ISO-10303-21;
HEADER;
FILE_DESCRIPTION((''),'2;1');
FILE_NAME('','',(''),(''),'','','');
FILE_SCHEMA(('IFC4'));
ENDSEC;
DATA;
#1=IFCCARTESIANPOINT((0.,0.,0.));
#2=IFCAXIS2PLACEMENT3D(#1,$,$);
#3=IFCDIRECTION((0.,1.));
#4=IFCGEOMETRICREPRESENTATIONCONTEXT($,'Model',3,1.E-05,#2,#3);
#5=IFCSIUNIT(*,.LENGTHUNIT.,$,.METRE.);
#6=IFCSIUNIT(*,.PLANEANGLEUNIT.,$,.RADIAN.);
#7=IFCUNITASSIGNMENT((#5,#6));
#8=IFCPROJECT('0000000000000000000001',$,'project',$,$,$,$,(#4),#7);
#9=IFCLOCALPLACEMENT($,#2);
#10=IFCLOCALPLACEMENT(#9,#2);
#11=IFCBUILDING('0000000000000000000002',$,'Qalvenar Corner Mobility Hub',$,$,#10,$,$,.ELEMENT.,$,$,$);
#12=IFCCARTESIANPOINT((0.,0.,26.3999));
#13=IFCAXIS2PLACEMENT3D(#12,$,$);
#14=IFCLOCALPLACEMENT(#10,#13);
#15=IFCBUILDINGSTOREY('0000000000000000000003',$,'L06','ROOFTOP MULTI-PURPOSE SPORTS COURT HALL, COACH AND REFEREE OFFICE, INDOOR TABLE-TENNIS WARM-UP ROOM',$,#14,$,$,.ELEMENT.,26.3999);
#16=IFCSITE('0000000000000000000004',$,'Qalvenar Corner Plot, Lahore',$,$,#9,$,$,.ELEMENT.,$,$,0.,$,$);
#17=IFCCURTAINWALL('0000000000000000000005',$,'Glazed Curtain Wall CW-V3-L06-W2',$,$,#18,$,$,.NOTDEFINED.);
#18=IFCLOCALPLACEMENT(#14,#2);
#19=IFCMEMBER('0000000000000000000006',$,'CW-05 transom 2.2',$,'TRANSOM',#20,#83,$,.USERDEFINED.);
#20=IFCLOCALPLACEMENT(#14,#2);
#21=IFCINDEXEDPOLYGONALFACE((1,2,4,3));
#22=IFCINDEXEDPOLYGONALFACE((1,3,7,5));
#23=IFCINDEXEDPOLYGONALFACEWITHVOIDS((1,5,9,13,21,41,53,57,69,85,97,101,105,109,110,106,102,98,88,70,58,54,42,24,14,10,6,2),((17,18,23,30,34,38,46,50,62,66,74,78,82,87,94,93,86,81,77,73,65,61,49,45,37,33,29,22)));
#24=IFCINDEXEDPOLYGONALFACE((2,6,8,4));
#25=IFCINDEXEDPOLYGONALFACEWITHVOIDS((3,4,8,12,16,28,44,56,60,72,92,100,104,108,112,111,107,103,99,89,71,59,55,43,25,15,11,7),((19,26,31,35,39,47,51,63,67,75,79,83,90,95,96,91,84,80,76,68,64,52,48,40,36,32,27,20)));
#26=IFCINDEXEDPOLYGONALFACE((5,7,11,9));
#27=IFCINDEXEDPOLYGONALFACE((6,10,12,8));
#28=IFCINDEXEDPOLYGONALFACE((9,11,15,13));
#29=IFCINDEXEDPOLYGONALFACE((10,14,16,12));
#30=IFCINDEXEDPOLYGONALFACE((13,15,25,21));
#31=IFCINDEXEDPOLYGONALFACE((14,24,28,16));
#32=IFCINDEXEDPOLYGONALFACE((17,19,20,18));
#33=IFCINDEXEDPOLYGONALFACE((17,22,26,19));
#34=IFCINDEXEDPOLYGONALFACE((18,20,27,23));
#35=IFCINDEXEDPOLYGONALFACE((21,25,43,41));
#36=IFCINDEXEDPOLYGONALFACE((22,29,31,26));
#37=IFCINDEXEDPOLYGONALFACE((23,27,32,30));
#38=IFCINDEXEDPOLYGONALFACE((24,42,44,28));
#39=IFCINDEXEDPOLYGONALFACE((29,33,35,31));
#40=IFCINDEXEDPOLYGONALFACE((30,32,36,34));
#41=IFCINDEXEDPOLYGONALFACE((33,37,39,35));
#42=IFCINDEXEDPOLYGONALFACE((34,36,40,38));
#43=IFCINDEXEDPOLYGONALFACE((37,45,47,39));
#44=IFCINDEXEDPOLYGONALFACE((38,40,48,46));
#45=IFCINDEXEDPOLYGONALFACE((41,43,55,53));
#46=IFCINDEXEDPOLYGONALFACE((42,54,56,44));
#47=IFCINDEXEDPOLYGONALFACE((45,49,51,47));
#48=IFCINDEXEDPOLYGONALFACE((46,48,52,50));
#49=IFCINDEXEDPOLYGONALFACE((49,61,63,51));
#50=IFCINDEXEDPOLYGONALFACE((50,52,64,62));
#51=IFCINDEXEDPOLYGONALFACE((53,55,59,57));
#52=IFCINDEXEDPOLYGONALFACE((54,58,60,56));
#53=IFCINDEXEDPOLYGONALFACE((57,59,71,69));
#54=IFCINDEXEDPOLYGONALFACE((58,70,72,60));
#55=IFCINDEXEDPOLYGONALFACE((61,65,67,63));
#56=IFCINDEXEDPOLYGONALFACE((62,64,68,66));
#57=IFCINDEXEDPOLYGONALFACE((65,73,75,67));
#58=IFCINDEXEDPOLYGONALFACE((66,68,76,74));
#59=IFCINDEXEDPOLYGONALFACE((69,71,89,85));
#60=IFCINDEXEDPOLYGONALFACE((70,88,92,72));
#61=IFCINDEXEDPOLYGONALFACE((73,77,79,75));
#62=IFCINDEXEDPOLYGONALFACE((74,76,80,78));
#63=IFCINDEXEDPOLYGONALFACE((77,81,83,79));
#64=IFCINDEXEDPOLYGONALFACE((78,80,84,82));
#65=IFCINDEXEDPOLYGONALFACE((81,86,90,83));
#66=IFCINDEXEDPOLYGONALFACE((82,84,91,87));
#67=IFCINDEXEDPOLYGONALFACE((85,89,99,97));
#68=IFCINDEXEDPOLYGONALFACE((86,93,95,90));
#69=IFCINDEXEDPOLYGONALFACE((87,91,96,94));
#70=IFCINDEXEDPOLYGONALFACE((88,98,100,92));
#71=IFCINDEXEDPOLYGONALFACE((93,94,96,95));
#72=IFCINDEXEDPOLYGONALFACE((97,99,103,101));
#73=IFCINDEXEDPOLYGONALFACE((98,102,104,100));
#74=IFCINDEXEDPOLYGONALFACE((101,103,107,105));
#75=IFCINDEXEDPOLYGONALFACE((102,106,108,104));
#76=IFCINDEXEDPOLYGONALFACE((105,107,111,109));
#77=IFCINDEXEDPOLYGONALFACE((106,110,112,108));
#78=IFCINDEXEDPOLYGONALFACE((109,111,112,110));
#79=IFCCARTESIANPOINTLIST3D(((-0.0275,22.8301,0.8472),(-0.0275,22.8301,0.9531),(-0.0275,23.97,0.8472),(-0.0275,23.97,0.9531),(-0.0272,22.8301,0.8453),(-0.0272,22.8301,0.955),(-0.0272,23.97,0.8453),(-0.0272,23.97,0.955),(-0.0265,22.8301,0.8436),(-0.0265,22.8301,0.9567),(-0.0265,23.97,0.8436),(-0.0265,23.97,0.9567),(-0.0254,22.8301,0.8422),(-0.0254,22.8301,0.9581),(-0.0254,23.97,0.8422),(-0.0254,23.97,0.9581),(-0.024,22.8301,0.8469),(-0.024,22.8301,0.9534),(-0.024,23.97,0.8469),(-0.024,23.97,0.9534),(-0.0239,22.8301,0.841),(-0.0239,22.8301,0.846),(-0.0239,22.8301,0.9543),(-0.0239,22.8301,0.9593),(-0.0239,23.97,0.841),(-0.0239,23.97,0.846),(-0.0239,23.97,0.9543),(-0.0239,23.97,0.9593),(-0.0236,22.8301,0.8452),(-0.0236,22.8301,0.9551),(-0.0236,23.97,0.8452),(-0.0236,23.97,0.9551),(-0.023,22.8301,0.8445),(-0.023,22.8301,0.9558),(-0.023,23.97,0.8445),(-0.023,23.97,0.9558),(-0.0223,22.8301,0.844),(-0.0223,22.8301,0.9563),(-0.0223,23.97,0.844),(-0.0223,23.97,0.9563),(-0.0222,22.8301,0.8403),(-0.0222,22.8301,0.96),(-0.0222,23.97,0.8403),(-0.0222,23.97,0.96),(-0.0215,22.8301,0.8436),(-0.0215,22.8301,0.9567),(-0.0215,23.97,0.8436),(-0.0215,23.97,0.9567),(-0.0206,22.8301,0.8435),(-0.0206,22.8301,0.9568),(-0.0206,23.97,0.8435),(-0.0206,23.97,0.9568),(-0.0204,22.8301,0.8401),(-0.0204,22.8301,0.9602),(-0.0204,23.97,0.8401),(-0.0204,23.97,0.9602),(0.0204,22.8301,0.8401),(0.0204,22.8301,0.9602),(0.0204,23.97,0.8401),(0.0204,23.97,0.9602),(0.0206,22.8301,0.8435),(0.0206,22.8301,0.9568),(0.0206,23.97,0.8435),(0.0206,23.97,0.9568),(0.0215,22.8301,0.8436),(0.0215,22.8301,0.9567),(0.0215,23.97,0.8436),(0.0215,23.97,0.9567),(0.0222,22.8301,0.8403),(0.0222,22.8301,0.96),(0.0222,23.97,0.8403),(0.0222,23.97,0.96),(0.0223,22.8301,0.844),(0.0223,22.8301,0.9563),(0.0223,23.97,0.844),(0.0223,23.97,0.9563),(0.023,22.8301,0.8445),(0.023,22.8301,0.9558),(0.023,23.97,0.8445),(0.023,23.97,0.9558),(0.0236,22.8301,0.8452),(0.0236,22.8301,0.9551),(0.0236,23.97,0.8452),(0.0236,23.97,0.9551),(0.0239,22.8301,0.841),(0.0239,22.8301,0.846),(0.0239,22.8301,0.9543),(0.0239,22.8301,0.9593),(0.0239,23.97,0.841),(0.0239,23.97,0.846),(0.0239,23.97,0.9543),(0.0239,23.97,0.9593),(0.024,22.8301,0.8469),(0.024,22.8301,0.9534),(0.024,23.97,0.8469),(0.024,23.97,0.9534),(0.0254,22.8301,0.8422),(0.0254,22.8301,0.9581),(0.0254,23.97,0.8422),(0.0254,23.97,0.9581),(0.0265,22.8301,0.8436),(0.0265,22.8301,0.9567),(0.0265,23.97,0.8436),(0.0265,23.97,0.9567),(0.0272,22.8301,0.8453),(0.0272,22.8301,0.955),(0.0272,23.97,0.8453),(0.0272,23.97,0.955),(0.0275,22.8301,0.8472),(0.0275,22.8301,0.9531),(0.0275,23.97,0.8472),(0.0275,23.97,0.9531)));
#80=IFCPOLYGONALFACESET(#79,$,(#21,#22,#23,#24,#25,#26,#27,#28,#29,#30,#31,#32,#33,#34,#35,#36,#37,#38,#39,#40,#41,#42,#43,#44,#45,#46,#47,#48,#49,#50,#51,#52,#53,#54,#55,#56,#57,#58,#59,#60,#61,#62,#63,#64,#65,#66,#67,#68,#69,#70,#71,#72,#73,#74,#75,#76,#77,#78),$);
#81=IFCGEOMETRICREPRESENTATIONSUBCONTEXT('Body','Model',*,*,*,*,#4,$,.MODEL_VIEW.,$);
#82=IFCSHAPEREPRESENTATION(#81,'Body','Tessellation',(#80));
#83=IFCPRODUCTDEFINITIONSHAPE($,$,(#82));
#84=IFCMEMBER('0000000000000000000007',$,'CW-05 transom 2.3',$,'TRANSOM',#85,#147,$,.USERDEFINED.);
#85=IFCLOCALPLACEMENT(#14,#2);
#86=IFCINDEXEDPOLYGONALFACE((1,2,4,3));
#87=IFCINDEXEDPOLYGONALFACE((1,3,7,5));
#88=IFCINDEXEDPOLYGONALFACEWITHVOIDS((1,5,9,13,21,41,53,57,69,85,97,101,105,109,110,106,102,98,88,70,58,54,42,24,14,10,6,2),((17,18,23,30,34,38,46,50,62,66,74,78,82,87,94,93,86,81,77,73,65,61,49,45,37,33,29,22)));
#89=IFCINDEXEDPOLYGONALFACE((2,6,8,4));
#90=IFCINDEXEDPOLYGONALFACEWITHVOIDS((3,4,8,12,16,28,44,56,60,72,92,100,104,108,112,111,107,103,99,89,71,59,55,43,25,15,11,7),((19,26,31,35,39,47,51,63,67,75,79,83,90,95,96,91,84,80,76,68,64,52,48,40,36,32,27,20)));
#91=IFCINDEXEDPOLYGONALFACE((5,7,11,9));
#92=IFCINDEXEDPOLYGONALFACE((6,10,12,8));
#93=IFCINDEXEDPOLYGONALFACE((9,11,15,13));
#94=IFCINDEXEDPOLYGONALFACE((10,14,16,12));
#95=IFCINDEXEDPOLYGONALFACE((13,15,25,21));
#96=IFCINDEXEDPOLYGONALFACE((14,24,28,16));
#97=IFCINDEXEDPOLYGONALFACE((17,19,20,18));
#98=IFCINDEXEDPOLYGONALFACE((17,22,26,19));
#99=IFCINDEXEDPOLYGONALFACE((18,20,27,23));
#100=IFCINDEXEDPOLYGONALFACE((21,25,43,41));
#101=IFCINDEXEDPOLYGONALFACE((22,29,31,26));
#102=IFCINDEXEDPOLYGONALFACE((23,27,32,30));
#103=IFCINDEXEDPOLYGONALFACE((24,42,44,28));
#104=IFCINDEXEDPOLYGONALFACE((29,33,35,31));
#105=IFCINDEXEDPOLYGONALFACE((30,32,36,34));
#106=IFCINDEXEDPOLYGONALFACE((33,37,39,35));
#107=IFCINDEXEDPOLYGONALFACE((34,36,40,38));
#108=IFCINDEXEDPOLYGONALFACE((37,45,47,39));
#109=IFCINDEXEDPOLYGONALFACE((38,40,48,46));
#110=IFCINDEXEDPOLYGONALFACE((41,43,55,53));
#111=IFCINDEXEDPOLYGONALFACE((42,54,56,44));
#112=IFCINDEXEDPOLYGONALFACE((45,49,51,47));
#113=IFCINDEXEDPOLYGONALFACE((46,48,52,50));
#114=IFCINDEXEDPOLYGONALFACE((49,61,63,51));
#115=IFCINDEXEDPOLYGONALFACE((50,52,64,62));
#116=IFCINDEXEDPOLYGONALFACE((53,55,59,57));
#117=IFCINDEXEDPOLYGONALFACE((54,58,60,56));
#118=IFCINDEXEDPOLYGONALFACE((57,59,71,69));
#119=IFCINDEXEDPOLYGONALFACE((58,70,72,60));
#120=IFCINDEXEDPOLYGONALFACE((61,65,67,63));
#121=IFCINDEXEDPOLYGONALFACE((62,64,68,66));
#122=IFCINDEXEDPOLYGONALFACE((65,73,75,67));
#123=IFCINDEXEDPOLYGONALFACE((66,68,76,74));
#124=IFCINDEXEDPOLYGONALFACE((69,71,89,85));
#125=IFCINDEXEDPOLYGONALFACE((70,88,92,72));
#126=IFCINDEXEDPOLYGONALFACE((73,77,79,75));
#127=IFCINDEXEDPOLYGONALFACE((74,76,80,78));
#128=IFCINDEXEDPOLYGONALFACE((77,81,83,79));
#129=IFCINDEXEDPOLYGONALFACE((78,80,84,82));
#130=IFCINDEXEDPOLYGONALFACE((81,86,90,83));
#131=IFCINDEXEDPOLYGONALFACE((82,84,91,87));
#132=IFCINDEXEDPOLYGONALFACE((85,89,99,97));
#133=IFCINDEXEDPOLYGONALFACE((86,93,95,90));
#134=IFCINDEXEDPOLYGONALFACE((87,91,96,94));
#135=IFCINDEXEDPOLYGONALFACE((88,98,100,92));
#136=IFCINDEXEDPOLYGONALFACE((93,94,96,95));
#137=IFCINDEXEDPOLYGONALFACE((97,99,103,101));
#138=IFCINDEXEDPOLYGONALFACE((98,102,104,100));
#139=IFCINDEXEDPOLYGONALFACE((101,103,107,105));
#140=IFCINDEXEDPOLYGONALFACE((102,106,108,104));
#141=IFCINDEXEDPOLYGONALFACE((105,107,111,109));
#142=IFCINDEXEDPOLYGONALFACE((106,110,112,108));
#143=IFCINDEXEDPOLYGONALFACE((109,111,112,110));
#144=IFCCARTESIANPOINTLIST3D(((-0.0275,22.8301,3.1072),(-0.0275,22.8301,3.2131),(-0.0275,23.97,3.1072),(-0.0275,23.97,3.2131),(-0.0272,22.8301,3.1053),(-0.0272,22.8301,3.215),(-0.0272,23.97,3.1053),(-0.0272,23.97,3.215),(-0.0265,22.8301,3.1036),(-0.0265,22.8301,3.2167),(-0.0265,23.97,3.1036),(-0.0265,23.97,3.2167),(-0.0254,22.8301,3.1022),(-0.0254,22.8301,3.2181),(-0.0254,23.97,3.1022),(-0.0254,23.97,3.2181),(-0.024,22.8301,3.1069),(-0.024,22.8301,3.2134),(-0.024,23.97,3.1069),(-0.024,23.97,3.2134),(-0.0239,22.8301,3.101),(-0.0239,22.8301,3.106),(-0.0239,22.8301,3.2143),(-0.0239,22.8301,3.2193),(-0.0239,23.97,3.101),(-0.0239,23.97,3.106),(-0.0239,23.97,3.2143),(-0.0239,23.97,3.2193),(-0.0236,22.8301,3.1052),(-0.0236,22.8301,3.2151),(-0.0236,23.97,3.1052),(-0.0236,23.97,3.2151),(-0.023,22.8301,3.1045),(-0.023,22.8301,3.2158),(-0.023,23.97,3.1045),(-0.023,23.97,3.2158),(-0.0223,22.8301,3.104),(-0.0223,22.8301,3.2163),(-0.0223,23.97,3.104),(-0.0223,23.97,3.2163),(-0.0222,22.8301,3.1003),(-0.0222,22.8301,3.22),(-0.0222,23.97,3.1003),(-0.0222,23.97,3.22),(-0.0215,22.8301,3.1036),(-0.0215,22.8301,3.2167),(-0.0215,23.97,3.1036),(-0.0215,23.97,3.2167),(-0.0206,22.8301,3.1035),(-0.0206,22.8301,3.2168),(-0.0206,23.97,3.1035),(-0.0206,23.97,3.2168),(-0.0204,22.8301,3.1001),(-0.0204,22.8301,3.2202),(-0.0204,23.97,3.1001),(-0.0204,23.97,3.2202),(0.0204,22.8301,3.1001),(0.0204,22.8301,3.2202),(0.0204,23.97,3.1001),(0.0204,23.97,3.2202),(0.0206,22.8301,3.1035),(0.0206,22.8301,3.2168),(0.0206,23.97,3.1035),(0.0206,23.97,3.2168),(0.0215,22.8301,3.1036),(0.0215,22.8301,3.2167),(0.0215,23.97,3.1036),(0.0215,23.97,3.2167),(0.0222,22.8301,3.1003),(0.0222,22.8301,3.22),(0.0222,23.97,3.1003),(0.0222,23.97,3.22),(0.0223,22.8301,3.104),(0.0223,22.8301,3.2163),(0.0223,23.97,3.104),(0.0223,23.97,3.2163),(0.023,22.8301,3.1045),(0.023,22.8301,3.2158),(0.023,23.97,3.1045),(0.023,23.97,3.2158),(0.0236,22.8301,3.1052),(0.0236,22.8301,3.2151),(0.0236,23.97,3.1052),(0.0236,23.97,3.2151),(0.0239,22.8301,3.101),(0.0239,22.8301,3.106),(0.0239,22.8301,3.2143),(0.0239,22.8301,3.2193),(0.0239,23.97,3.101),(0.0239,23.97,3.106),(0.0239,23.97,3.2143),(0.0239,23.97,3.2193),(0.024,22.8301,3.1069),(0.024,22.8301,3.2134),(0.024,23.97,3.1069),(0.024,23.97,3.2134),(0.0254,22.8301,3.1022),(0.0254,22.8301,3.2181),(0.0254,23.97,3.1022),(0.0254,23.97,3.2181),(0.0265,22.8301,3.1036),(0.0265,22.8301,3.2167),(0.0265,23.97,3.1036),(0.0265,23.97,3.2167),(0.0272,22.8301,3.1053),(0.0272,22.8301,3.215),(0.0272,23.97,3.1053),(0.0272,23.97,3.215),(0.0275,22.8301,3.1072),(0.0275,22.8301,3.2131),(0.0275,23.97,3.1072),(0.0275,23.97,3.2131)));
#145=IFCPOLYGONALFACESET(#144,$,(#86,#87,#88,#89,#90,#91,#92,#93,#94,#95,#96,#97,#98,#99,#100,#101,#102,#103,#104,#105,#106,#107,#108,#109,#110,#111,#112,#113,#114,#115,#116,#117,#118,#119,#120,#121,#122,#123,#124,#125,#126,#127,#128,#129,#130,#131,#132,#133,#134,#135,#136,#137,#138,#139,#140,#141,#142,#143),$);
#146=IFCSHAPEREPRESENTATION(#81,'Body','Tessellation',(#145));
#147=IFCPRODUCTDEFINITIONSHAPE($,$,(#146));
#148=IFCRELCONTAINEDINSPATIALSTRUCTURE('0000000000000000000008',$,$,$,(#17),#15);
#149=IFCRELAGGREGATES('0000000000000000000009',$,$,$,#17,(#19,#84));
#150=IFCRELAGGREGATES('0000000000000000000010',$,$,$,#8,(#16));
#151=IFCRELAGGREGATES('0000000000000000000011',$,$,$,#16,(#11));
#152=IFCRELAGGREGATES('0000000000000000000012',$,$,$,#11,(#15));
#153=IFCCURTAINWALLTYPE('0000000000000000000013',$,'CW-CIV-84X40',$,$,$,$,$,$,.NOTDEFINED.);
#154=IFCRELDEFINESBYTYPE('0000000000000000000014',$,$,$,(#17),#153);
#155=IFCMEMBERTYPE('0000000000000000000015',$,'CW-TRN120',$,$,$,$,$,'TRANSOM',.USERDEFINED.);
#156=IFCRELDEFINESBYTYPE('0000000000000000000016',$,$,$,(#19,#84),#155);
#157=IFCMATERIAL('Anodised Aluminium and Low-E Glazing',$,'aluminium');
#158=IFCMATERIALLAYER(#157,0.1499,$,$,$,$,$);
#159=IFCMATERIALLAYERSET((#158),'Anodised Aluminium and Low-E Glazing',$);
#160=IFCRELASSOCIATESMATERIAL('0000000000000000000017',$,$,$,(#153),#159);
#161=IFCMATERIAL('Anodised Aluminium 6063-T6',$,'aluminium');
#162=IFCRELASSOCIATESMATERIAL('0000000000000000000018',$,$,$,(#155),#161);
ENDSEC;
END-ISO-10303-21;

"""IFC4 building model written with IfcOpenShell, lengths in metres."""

from ifc_helpers import new_model, si_unit, direction, frame, origin, origin_2d, place, context, subcontext, project, spatial, hollow_rectangle, extrude, material, layer, layer_set, material_profile, profile_set, type_object, element, aggregate, save


model = new_model("IFC4")

# Units and contexts
model_context = context("Model", 3, precision=1e-05, world=origin(), true_north=direction((0.0, 1.0)))
body_context = subcontext(model_context, "Body", "Model", "MODEL_VIEW")
ifc_project = project(units=[si_unit("LENGTHUNIT", "METRE"), si_unit("PLANEANGLEUNIT", "RADIAN")], contexts=[model_context])

# Site, building, storey
site_placement = place(None, origin())
site = spatial("IfcSite", under=ifc_project, at=site_placement, Name="Qalvenar Corner Plot, Lahore", CompositionType="ELEMENT", RefElevation=0.0)
building_placement = place(site_placement, origin())
building = spatial("IfcBuilding", under=site, at=building_placement, Name="Qalvenar Corner Mobility Hub", CompositionType="ELEMENT")
storey_placement = place(building_placement, frame((0.0, 0.0, 26.3999)))
storey = spatial("IfcBuildingStorey", under=building, at=storey_placement, Name="L06", Description="ROOFTOP MULTI-PURPOSE SPORTS COURT HALL, COACH AND REFEREE OFFICE, INDOOR TABLE-TENNIS WARM-UP ROOM", CompositionType="ELEMENT", Elevation=26.3999)

# Curtain wall, members
ifc_material_1 = material(Name="Anodised Aluminium and Low-E Glazing", Category="aluminium")
ifc_layer_1 = layer(ifc_material_1, 0.1499)
ifc_layer_set_1 = layer_set([ifc_layer_1], Name="Anodised Aluminium and Low-E Glazing")
curtain_wall_type = type_object("IfcCurtainWallType", Name="CW-CIV-84X40", PredefinedType="NOTDEFINED", material=ifc_layer_set_1)
curtain_wall_placement = place(storey_placement, origin())
curtain_wall = element("IfcCurtainWall", 1, at=curtain_wall_placement, inside=storey, type_object=curtain_wall_type, Name="Glazed Curtain Wall CW-V3-L06-W2", PredefinedType="NOTDEFINED")
ifc_material_2 = material(Name="Anodised Aluminium 6063-T6", Category="aluminium")
ifc_material_profile_1 = material_profile(ifc_material_2, hollow_rectangle(XDim=0.0549, YDim=0.1201, WallThickness=0.0034, InnerFilletRadius=0.0034, OuterFilletRadius=0.0071, at=origin_2d()), Name="RHS120x55x3.5")
ifc_profile_set_1 = profile_set([ifc_material_profile_1], Name="Anodised Aluminium 6063-T6")
member_type_1 = type_object("IfcMemberType", Name="CW-TRN120", ElementType="TRANSOM", PredefinedType="USERDEFINED", material=ifc_profile_set_1)
member_1_placement = place(storey_placement, frame((0.0, 23.97, 0.9001), z_axis=(0.0, -1.0, 0.0), x_axis=(1.0, 0.0, 0.0)))
member_1 = element("IfcMember", 2, at=member_1_placement, type_object=member_type_1, Name="CW-05 transom 2.2", ObjectType="TRANSOM", PredefinedType="USERDEFINED", context=body_context, shape_type="SweptSolid", body=[
    extrude(hollow_rectangle(XDim=0.0549, YDim=0.1201, WallThickness=0.0034, InnerFilletRadius=0.0034, OuterFilletRadius=0.0071, at=origin_2d()), origin(), (0.0, 0.0, 1.0), 1.1399),
])
member_2_placement = place(storey_placement, frame((0.0, 23.97, 3.1602), z_axis=(0.0, -1.0, 0.0), x_axis=(1.0, 0.0, 0.0)))
member_2 = element("IfcMember", 3, at=member_2_placement, type_object=member_type_1, Name="CW-05 transom 2.3", ObjectType="TRANSOM", PredefinedType="USERDEFINED", context=body_context, shape_type="SweptSolid", body=[
    extrude(hollow_rectangle(XDim=0.0549, YDim=0.1201, WallThickness=0.0034, InnerFilletRadius=0.0034, OuterFilletRadius=0.0071, at=origin_2d()), origin(), (0.0, 0.0, 1.0), 1.1399),
])

aggregate(curtain_wall, [member_1, member_2])

save(model, "model.ifc")
